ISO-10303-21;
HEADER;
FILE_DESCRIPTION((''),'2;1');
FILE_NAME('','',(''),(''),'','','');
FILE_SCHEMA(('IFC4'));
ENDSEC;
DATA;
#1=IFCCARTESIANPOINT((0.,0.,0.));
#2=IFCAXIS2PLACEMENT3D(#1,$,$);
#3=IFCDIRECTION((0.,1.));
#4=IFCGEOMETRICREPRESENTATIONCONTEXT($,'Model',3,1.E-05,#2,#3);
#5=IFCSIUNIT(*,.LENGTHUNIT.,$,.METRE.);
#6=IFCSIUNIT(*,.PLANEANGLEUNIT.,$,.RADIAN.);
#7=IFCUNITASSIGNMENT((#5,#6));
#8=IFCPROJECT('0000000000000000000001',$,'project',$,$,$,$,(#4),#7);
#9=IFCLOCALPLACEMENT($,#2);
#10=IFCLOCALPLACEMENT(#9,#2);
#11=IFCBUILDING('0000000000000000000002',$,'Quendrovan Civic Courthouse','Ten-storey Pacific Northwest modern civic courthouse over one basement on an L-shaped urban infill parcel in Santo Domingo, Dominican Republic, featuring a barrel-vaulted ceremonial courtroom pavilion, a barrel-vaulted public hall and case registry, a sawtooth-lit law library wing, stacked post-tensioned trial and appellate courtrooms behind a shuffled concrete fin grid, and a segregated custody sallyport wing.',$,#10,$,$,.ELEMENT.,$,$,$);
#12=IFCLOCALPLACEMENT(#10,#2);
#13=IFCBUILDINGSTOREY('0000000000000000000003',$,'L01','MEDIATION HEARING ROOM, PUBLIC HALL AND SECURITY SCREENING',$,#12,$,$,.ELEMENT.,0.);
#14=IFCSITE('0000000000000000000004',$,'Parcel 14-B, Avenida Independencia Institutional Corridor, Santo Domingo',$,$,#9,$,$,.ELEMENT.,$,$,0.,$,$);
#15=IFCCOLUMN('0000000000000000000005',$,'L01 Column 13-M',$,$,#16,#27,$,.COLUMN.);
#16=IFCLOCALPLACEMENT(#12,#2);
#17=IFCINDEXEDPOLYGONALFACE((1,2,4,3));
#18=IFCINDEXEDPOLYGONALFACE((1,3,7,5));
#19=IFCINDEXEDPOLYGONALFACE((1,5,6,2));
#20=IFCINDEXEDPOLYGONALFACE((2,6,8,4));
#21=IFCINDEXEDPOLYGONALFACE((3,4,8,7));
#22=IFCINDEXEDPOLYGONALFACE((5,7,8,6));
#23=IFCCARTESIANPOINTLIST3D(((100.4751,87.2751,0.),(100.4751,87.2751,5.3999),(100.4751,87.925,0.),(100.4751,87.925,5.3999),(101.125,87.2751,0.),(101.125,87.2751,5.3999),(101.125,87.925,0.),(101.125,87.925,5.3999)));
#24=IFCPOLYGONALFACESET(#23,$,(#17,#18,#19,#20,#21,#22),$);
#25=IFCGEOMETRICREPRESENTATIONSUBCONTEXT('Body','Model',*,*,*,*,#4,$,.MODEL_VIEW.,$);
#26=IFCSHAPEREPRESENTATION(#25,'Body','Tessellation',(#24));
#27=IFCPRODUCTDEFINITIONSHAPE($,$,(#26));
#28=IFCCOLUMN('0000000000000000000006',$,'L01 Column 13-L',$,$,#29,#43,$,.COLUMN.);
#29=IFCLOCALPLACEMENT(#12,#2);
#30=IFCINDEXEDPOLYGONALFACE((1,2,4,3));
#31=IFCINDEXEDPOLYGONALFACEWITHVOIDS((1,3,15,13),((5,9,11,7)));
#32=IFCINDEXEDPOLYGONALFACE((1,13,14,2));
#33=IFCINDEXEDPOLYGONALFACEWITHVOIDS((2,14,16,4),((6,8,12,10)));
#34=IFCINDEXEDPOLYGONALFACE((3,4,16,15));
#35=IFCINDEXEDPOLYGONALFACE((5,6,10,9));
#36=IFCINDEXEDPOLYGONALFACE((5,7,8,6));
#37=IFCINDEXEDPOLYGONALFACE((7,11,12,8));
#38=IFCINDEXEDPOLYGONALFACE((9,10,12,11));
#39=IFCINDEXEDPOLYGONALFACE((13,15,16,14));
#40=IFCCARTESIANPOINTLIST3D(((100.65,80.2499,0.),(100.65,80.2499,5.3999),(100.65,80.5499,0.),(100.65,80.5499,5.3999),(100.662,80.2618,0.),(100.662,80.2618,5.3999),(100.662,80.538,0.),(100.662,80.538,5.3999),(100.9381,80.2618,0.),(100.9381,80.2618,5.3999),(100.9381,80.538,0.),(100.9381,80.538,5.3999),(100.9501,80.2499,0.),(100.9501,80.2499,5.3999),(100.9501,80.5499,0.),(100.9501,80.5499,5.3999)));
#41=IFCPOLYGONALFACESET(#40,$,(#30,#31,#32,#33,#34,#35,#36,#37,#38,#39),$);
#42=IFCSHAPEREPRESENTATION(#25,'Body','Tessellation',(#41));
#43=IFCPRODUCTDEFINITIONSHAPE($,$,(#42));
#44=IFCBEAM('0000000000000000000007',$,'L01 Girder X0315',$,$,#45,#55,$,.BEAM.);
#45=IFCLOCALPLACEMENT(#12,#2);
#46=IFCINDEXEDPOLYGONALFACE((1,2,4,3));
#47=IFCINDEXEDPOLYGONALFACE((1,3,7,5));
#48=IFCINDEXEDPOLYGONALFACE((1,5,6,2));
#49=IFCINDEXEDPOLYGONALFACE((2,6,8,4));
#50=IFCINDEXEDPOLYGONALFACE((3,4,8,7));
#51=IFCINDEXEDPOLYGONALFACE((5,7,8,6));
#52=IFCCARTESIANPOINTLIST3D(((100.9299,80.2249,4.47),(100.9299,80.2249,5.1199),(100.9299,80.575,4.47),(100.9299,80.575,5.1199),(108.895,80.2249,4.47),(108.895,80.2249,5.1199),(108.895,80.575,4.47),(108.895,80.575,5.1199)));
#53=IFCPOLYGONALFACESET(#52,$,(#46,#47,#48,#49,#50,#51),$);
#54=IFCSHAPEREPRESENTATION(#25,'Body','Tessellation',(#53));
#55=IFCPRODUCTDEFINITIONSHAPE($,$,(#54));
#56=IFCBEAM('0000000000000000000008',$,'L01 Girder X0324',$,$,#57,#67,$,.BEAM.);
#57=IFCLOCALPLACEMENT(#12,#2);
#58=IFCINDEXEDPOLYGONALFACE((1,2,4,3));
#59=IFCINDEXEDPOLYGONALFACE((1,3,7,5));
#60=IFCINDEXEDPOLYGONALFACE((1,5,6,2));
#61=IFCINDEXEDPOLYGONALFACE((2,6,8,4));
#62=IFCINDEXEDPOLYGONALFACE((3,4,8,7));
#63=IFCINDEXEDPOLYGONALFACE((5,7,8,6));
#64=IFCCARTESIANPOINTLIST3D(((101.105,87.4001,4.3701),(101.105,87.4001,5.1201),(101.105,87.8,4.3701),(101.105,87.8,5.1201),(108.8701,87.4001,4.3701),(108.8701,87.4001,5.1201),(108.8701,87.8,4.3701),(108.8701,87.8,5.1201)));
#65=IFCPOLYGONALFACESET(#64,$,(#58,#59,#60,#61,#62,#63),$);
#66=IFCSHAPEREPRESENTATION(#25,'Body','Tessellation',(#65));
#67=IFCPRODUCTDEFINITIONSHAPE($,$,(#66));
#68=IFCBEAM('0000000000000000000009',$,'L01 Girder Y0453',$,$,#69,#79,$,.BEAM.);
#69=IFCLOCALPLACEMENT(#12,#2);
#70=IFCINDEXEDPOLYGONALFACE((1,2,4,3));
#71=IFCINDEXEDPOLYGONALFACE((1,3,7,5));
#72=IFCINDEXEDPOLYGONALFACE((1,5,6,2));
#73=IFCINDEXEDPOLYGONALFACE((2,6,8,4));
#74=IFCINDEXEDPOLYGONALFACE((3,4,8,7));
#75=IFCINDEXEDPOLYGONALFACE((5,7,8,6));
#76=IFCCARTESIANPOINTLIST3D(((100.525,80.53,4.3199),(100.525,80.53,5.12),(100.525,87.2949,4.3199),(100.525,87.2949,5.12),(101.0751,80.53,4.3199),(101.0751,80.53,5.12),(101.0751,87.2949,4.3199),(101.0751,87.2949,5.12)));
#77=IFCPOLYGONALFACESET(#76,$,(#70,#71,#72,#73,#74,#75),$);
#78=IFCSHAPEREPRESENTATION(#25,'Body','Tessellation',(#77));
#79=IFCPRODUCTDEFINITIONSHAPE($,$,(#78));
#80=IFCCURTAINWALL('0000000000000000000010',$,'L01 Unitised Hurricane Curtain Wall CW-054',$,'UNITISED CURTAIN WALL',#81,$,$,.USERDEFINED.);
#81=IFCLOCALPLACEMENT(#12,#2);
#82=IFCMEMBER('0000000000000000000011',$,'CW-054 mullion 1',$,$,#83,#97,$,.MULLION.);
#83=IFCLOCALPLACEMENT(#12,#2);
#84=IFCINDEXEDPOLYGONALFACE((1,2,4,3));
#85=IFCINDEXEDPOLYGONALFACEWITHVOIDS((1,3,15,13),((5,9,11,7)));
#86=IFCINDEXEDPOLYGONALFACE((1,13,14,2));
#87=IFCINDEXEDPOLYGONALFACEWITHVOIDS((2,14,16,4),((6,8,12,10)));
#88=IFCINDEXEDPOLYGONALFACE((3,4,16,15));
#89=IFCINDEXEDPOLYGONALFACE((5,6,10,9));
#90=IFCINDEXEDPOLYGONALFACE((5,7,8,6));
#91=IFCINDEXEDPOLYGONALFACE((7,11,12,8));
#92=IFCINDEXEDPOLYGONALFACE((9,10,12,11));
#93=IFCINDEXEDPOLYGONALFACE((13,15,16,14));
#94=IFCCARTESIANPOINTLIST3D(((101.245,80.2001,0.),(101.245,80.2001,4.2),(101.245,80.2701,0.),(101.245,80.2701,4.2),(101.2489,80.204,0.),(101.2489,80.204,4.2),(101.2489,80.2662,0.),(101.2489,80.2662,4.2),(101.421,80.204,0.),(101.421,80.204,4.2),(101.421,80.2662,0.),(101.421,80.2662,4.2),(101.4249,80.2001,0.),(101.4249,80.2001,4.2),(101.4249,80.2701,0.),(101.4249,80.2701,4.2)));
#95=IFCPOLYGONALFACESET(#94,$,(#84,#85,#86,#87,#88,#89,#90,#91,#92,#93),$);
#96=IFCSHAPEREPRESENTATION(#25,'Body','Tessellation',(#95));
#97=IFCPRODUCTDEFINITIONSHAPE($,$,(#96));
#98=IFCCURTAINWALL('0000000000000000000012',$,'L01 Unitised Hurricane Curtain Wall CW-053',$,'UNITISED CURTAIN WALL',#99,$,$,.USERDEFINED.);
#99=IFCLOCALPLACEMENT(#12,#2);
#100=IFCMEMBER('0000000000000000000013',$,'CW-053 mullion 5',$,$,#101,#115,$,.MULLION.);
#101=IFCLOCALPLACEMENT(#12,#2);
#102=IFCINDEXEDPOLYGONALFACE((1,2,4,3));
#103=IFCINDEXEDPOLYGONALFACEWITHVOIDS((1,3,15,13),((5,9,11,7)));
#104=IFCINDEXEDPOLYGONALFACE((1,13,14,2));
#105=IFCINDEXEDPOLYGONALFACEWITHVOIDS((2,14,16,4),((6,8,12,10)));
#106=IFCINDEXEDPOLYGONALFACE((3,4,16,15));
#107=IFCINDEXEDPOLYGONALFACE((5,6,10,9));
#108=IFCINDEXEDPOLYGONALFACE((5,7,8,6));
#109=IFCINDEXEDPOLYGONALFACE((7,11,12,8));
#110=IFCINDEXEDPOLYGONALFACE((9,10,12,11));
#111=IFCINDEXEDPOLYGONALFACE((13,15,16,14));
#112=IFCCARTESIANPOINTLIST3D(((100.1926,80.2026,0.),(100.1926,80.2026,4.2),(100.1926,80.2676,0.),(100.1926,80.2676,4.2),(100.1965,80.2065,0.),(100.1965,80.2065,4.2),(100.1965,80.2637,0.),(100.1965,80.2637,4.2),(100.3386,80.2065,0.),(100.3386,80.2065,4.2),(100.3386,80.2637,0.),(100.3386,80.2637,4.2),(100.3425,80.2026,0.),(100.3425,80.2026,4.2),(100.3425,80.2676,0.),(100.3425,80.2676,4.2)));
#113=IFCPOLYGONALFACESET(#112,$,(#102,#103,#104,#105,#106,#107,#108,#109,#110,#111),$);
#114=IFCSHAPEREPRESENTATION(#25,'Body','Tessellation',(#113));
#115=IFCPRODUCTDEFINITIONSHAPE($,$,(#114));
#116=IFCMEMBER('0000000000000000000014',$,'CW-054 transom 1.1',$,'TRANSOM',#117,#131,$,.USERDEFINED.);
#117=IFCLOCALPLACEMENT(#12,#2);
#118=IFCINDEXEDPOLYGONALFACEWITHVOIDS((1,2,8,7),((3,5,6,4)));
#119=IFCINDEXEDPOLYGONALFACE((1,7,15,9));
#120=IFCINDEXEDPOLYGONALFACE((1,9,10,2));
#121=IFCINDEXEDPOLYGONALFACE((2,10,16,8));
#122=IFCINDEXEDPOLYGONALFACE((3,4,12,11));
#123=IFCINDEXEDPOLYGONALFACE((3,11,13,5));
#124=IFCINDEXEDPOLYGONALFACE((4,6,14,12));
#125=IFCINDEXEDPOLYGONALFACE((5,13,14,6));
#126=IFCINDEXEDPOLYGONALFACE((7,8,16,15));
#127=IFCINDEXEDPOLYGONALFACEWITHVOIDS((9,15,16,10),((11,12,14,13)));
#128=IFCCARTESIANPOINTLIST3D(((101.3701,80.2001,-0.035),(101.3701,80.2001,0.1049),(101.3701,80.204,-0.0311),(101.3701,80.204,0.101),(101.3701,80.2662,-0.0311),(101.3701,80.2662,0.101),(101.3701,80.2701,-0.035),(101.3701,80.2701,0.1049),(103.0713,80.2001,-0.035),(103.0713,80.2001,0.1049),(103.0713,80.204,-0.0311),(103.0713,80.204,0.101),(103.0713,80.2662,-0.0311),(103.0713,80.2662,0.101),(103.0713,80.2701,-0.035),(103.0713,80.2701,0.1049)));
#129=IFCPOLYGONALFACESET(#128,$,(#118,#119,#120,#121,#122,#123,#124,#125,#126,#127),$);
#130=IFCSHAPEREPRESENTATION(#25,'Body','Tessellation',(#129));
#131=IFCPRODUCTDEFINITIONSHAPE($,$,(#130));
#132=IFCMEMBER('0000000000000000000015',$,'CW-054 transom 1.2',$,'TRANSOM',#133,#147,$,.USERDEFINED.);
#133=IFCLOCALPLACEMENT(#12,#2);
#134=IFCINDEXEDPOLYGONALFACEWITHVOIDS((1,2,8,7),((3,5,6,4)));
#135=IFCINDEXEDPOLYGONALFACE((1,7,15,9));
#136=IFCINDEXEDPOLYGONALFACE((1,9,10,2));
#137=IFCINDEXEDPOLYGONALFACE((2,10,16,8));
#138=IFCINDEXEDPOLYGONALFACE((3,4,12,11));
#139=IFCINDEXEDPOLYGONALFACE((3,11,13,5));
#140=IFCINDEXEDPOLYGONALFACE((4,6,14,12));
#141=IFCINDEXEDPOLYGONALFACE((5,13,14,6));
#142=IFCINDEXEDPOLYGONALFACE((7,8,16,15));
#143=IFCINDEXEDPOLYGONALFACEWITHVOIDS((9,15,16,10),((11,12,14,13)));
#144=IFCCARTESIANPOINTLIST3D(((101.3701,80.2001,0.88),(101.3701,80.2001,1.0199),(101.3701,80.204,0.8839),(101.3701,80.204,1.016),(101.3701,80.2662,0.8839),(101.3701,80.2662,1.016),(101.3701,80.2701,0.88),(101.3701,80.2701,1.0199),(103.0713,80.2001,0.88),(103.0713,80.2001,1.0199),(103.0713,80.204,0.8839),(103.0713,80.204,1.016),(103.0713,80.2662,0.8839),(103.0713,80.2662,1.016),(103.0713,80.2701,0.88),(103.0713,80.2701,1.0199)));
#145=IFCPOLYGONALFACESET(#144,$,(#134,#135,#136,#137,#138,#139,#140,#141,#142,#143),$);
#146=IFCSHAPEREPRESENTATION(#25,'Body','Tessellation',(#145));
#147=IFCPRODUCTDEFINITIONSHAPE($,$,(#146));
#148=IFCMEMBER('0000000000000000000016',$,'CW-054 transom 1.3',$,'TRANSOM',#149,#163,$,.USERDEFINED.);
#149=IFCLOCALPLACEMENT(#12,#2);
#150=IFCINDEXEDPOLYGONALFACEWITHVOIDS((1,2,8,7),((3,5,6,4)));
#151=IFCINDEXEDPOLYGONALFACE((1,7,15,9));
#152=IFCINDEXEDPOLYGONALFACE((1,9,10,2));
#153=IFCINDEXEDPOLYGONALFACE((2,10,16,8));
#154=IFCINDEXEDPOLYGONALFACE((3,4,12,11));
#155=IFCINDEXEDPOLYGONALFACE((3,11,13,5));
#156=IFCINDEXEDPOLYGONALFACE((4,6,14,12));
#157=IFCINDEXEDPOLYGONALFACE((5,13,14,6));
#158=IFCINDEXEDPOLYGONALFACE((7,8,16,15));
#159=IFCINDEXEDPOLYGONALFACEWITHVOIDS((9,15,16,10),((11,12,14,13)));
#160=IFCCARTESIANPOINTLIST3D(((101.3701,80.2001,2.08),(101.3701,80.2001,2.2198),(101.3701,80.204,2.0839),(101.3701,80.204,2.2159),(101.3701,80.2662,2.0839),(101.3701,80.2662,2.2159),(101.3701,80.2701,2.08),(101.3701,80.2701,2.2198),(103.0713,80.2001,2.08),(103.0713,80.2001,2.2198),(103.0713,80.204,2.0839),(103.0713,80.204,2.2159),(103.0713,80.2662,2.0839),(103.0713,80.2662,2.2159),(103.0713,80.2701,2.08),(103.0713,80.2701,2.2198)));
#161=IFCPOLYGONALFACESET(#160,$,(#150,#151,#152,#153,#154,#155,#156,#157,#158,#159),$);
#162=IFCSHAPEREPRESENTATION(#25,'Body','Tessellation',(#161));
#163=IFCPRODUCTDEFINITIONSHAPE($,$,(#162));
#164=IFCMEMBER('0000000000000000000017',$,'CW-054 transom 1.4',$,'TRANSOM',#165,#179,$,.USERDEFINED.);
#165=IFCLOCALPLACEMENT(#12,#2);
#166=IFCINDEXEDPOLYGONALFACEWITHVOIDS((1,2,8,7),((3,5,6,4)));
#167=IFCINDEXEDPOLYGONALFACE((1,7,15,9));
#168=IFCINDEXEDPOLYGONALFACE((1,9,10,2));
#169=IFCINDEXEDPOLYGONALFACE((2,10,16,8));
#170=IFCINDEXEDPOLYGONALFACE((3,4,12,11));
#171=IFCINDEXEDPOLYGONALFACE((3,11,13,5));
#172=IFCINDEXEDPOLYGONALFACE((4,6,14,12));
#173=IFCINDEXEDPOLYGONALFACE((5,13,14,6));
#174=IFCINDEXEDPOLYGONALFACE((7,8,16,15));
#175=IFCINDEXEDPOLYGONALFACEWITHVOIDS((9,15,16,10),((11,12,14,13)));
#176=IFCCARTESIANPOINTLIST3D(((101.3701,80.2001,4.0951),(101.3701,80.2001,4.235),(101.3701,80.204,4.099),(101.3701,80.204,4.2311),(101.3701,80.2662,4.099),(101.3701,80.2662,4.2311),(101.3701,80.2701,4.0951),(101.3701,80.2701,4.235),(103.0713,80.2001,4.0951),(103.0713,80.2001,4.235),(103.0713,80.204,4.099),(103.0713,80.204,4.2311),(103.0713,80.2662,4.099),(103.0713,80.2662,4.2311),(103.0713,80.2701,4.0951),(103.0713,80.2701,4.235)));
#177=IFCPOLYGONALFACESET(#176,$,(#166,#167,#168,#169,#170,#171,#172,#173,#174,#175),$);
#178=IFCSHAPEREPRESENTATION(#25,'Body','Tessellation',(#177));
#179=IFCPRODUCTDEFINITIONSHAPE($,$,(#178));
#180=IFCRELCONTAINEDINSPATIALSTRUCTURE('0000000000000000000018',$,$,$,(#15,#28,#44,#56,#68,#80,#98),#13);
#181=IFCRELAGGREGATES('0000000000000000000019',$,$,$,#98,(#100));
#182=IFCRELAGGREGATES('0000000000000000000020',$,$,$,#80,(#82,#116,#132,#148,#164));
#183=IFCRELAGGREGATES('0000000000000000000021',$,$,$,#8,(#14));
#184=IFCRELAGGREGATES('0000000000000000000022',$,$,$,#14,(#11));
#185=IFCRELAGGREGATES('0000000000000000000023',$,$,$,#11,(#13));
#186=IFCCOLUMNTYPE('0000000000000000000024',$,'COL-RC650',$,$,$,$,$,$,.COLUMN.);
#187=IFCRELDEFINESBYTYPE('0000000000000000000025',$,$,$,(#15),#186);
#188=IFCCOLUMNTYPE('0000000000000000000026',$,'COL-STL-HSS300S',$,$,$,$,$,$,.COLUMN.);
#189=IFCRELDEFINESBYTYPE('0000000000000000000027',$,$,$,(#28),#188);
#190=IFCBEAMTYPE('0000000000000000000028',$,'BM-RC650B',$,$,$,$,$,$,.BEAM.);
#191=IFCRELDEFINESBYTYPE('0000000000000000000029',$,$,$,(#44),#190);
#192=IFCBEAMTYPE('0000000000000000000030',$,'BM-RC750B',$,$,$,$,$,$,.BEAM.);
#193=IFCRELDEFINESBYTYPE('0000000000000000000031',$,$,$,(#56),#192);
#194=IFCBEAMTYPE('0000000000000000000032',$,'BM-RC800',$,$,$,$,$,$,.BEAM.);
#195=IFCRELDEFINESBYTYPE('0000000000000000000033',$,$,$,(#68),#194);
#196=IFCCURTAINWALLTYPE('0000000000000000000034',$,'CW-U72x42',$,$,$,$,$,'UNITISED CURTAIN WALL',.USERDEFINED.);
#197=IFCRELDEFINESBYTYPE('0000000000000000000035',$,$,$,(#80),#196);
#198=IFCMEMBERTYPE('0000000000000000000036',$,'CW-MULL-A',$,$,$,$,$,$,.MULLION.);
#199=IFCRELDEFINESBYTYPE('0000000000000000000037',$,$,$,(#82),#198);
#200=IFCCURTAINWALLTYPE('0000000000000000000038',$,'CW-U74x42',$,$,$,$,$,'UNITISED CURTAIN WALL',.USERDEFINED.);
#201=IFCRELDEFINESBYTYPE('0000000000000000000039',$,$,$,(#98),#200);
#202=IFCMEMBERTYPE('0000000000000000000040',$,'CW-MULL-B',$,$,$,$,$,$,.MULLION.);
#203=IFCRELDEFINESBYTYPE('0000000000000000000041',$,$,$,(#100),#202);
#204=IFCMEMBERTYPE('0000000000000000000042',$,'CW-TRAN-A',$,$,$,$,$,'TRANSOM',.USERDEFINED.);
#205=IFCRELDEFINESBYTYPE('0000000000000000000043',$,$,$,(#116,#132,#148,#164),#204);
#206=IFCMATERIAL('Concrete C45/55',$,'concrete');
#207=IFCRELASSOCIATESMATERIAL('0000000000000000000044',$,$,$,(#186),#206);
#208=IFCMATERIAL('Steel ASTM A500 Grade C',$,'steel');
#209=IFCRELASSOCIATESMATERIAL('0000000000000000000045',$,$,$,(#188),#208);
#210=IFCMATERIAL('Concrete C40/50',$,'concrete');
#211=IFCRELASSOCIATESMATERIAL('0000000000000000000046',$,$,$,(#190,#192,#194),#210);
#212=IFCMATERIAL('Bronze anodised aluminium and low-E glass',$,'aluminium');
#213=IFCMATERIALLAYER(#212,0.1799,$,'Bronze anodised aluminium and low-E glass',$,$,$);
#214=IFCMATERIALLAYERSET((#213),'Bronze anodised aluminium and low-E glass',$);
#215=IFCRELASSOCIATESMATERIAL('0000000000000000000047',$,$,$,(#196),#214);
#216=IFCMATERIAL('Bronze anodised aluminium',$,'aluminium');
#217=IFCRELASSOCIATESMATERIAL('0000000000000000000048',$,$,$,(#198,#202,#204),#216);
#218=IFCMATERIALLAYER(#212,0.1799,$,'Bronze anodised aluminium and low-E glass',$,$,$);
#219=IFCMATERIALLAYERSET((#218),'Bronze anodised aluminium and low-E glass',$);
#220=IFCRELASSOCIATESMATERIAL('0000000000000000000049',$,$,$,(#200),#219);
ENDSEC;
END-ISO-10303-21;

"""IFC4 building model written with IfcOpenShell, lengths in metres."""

from ifc_helpers import new_model, si_unit, direction, frame, origin, origin_2d, place, context, subcontext, project, spatial, rectangle, hollow_rectangle, extrude, material, layer, layer_set, material_profile, profile_set, type_object, element, aggregate, save


model = new_model("IFC4")

# Units and contexts
model_context = context("Model", 3, precision=1e-05, world=origin(), true_north=direction((0.0, 1.0)))
body_context = subcontext(model_context, "Body", "Model", "MODEL_VIEW")
ifc_project = project(units=[si_unit("LENGTHUNIT", "METRE"), si_unit("PLANEANGLEUNIT", "RADIAN")], contexts=[model_context])

# Site, building, storey
site_placement = place(None, origin())
site = spatial("IfcSite", under=ifc_project, at=site_placement, Name="Parcel 14-B, Avenida Independencia Institutional Corridor, Santo Domingo", CompositionType="ELEMENT", RefElevation=0.0)
building_placement = place(site_placement, origin())
building = spatial("IfcBuilding", under=site, at=building_placement, Name="Quendrovan Civic Courthouse", Description="Ten-storey Pacific Northwest modern civic courthouse over one basement on an L-shaped urban infill parcel in Santo Domingo, Dominican Republic, featuring a barrel-vaulted ceremonial courtroom pavilion, a barrel-vaulted public hall and case registry, a sawtooth-lit law library wing, stacked post-tensioned trial and appellate courtrooms behind a shuffled concrete fin grid, and a segregated custody sallyport wing.", CompositionType="ELEMENT")
storey_placement = place(building_placement, origin())
storey = spatial("IfcBuildingStorey", under=building, at=storey_placement, Name="L01", Description="MEDIATION HEARING ROOM, PUBLIC HALL AND SECURITY SCREENING", CompositionType="ELEMENT", Elevation=0.0)

# Columns
ifc_material_1 = material(Name="Concrete C45/55", Category="concrete")
ifc_material_profile_1 = material_profile(ifc_material_1, rectangle(XDim=0.6499, YDim=0.6499, at=origin_2d()), Name="RC-COL-650x650")
ifc_profile_set_1 = profile_set([ifc_material_profile_1], Name="Concrete C45/55")
column_type_1 = type_object("IfcColumnType", Name="COL-RC650", PredefinedType="COLUMN", material=ifc_profile_set_1)
column_1_placement = place(storey_placement, frame((100.8, 87.6001, 0.0), z_axis=(0.0, 0.0, 1.0), x_axis=(1.0, 0.0, 0.0)))
element("IfcColumn", 1, at=column_1_placement, inside=storey, type_object=column_type_1, Name="L01 Column 13-M", PredefinedType="COLUMN", context=body_context, shape_type="SweptSolid", body=[
    extrude(rectangle(XDim=0.6499, YDim=0.6499, at=origin_2d()), origin(), (0.0, 0.0, 1.0), 5.3999),
])
ifc_material_2 = material(Name="Steel ASTM A500 Grade C", Category="steel")
ifc_material_profile_2 = material_profile(ifc_material_2, hollow_rectangle(XDim=0.3, YDim=0.3, WallThickness=0.012, at=origin_2d()), Name="HSS300x300x12")
ifc_profile_set_2 = profile_set([ifc_material_profile_2], Name="Steel ASTM A500 Grade C")
column_type_2 = type_object("IfcColumnType", Name="COL-STL-HSS300S", PredefinedType="COLUMN", material=ifc_profile_set_2)
column_2_placement = place(storey_placement, frame((100.8, 80.3999, 0.0), z_axis=(0.0, 0.0, 1.0), x_axis=(1.0, 0.0, 0.0)))
element("IfcColumn", 2, at=column_2_placement, inside=storey, type_object=column_type_2, Name="L01 Column 13-L", PredefinedType="COLUMN", context=body_context, shape_type="SweptSolid", body=[
    extrude(hollow_rectangle(XDim=0.3, YDim=0.3, WallThickness=0.012, at=origin_2d()), origin(), (0.0, 0.0, 1.0), 5.3999),
])

# Beams
ifc_material_3 = material(Name="Concrete C40/50", Category="concrete")
ifc_material_profile_3 = material_profile(ifc_material_3, rectangle(XDim=0.3501, YDim=0.6499, at=origin_2d()), Name="RC-BM-350x650")
ifc_profile_set_3 = profile_set([ifc_material_profile_3], Name="Concrete C40/50")
beam_type_1 = type_object("IfcBeamType", Name="BM-RC650B", PredefinedType="BEAM", material=ifc_profile_set_3)
beam_1_placement = place(storey_placement, frame((100.9299, 80.3999, 4.7949), z_axis=(1.0, 0.0, 0.0), x_axis=(0.0, 1.0, 0.0)))
element("IfcBeam", 3, at=beam_1_placement, inside=storey, type_object=beam_type_1, Name="L01 Girder X0315", PredefinedType="BEAM", context=body_context, shape_type="SweptSolid", body=[
    extrude(rectangle(XDim=0.3501, YDim=0.6499, at=origin_2d()), origin(), (0.0, 0.0, 1.0), 7.9651),
])
ifc_material_profile_4 = material_profile(ifc_material_3, rectangle(XDim=0.3999, YDim=0.75, at=origin_2d()), Name="RC-BM-400x750")
ifc_profile_set_4 = profile_set([ifc_material_profile_4], Name="Concrete C40/50")
beam_type_2 = type_object("IfcBeamType", Name="BM-RC750B", PredefinedType="BEAM", material=ifc_profile_set_4)
beam_2_placement = place(storey_placement, frame((101.105, 87.6001, 4.7451), z_axis=(1.0, 0.0, 0.0), x_axis=(0.0, 1.0, 0.0)))
element("IfcBeam", 4, at=beam_2_placement, inside=storey, type_object=beam_type_2, Name="L01 Girder X0324", PredefinedType="BEAM", context=body_context, shape_type="SweptSolid", body=[
    extrude(rectangle(XDim=0.3999, YDim=0.75, at=origin_2d()), origin(), (0.0, 0.0, 1.0), 7.7651),
])
ifc_material_profile_5 = material_profile(ifc_material_3, rectangle(XDim=0.55, YDim=0.8, at=origin_2d()), Name="RC-BM-550x800")
ifc_profile_set_5 = profile_set([ifc_material_profile_5], Name="Concrete C40/50")
beam_type_3 = type_object("IfcBeamType", Name="BM-RC800", PredefinedType="BEAM", material=ifc_profile_set_5)
beam_3_placement = place(storey_placement, frame((100.8, 80.53, 4.72), z_axis=(0.0, 1.0, 0.0), x_axis=(-1.0, 0.0, 0.0)))
element("IfcBeam", 5, at=beam_3_placement, inside=storey, type_object=beam_type_3, Name="L01 Girder Y0453", PredefinedType="BEAM", context=body_context, shape_type="SweptSolid", body=[
    extrude(rectangle(XDim=0.55, YDim=0.8, at=origin_2d()), origin(), (0.0, 0.0, 1.0), 6.7649),
])

# Curtain walls, members
ifc_material_4 = material(Name="Bronze anodised aluminium and low-E glass", Category="aluminium")
ifc_layer_1 = layer(ifc_material_4, 0.1799, Name="Bronze anodised aluminium and low-E glass")
ifc_layer_set_1 = layer_set([ifc_layer_1], Name="Bronze anodised aluminium and low-E glass")
curtain_wall_type_1 = type_object("IfcCurtainWallType", Name="CW-U72x42", ElementType="UNITISED CURTAIN WALL", PredefinedType="USERDEFINED", material=ifc_layer_set_1)
curtain_wall_1_placement = place(storey_placement, origin())
curtain_wall_1 = element("IfcCurtainWall", 6, at=curtain_wall_1_placement, inside=storey, type_object=curtain_wall_type_1, Name="L01 Unitised Hurricane Curtain Wall CW-054", ObjectType="UNITISED CURTAIN WALL", PredefinedType="USERDEFINED")
ifc_material_5 = material(Name="Bronze anodised aluminium", Category="aluminium")
ifc_material_profile_6 = material_profile(ifc_material_5, hollow_rectangle(XDim=0.0701, YDim=0.1799, WallThickness=0.0039, at=origin_2d()), Name="CW-MULL-70x180")
ifc_profile_set_6 = profile_set([ifc_material_profile_6], Name="Bronze anodised aluminium")
member_type_1 = type_object("IfcMemberType", Name="CW-MULL-A", PredefinedType="MULLION", material=ifc_profile_set_6)
member_1_placement = place(storey_placement, frame((101.335, 80.2351, 0.0), z_axis=(0.0, 0.0, 1.0), x_axis=(0.0, 1.0, 0.0)))
member_1 = element("IfcMember", 7, at=member_1_placement, type_object=member_type_1, Name="CW-054 mullion 1", PredefinedType="MULLION", context=body_context, shape_type="SweptSolid", body=[
    extrude(hollow_rectangle(XDim=0.0701, YDim=0.1799, WallThickness=0.0039, at=origin_2d()), origin(), (0.0, 0.0, 1.0), 4.2),
])
ifc_layer_2 = layer(ifc_material_4, 0.1799, Name="Bronze anodised aluminium and low-E glass")
ifc_layer_set_2 = layer_set([ifc_layer_2], Name="Bronze anodised aluminium and low-E glass")
curtain_wall_type_2 = type_object("IfcCurtainWallType", Name="CW-U74x42", ElementType="UNITISED CURTAIN WALL", PredefinedType="USERDEFINED", material=ifc_layer_set_2)
curtain_wall_2_placement = place(storey_placement, origin())
curtain_wall_2 = element("IfcCurtainWall", 8, at=curtain_wall_2_placement, inside=storey, type_object=curtain_wall_type_2, Name="L01 Unitised Hurricane Curtain Wall CW-053", ObjectType="UNITISED CURTAIN WALL", PredefinedType="USERDEFINED")
ifc_material_profile_7 = material_profile(ifc_material_5, hollow_rectangle(XDim=0.0649, YDim=0.1499, WallThickness=0.0039, at=origin_2d()), Name="CW-MULL-65x150")
ifc_profile_set_7 = profile_set([ifc_material_profile_7], Name="Bronze anodised aluminium")
member_type_2 = type_object("IfcMemberType", Name="CW-MULL-B", PredefinedType="MULLION", material=ifc_profile_set_7)
member_2_placement = place(storey_placement, frame((100.2676, 80.2351, 0.0), z_axis=(0.0, 0.0, 1.0), x_axis=(0.0, 1.0, 0.0)))
member_2 = element("IfcMember", 9, at=member_2_placement, type_object=member_type_2, Name="CW-053 mullion 5", PredefinedType="MULLION", context=body_context, shape_type="SweptSolid", body=[
    extrude(hollow_rectangle(XDim=0.0649, YDim=0.1499, WallThickness=0.0039, at=origin_2d()), origin(), (0.0, 0.0, 1.0), 4.2),
])

# Members
ifc_material_profile_8 = material_profile(ifc_material_5, hollow_rectangle(XDim=0.0701, YDim=0.1399, WallThickness=0.0039, at=origin_2d()), Name="CW-TRAN-70x140")
ifc_profile_set_8 = profile_set([ifc_material_profile_8], Name="Bronze anodised aluminium")
member_type_3 = type_object("IfcMemberType", Name="CW-TRAN-A", ElementType="TRANSOM", PredefinedType="USERDEFINED", material=ifc_profile_set_8)
member_3_placement = place(storey_placement, frame((101.3701, 80.2351, 0.0349), z_axis=(1.0, 0.0, 0.0), x_axis=(0.0, 1.0, 0.0)))
member_3 = element("IfcMember", 10, at=member_3_placement, type_object=member_type_3, Name="CW-054 transom 1.1", ObjectType="TRANSOM", PredefinedType="USERDEFINED", context=body_context, shape_type="SweptSolid", body=[
    extrude(hollow_rectangle(XDim=0.0701, YDim=0.1399, WallThickness=0.0039, at=origin_2d()), origin(), (0.0, 0.0, 1.0), 1.7012),
])
member_4_placement = place(storey_placement, frame((101.3701, 80.2351, 0.95), z_axis=(1.0, 0.0, 0.0), x_axis=(0.0, 1.0, 0.0)))
member_4 = element("IfcMember", 11, at=member_4_placement, type_object=member_type_3, Name="CW-054 transom 1.2", ObjectType="TRANSOM", PredefinedType="USERDEFINED", context=body_context, shape_type="SweptSolid", body=[
    extrude(hollow_rectangle(XDim=0.0701, YDim=0.1399, WallThickness=0.0039, at=origin_2d()), origin(), (0.0, 0.0, 1.0), 1.7012),
])
member_5_placement = place(storey_placement, frame((101.3701, 80.2351, 2.1499), z_axis=(1.0, 0.0, 0.0), x_axis=(0.0, 1.0, 0.0)))
member_5 = element("IfcMember", 12, at=member_5_placement, type_object=member_type_3, Name="CW-054 transom 1.3", ObjectType="TRANSOM", PredefinedType="USERDEFINED", context=body_context, shape_type="SweptSolid", body=[
    extrude(hollow_rectangle(XDim=0.0701, YDim=0.1399, WallThickness=0.0039, at=origin_2d()), origin(), (0.0, 0.0, 1.0), 1.7012),
])
member_6_placement = place(storey_placement, frame((101.3701, 80.2351, 4.165), z_axis=(1.0, 0.0, 0.0), x_axis=(0.0, 1.0, 0.0)))
member_6 = element("IfcMember", 13, at=member_6_placement, type_object=member_type_3, Name="CW-054 transom 1.4", ObjectType="TRANSOM", PredefinedType="USERDEFINED", context=body_context, shape_type="SweptSolid", body=[
    extrude(hollow_rectangle(XDim=0.0701, YDim=0.1399, WallThickness=0.0039, at=origin_2d()), origin(), (0.0, 0.0, 1.0), 1.7012),
])

aggregate(curtain_wall_2, [member_2])
aggregate(curtain_wall_1, [member_1, member_3, member_4, member_5, member_6])

save(model, "model.ifc")
